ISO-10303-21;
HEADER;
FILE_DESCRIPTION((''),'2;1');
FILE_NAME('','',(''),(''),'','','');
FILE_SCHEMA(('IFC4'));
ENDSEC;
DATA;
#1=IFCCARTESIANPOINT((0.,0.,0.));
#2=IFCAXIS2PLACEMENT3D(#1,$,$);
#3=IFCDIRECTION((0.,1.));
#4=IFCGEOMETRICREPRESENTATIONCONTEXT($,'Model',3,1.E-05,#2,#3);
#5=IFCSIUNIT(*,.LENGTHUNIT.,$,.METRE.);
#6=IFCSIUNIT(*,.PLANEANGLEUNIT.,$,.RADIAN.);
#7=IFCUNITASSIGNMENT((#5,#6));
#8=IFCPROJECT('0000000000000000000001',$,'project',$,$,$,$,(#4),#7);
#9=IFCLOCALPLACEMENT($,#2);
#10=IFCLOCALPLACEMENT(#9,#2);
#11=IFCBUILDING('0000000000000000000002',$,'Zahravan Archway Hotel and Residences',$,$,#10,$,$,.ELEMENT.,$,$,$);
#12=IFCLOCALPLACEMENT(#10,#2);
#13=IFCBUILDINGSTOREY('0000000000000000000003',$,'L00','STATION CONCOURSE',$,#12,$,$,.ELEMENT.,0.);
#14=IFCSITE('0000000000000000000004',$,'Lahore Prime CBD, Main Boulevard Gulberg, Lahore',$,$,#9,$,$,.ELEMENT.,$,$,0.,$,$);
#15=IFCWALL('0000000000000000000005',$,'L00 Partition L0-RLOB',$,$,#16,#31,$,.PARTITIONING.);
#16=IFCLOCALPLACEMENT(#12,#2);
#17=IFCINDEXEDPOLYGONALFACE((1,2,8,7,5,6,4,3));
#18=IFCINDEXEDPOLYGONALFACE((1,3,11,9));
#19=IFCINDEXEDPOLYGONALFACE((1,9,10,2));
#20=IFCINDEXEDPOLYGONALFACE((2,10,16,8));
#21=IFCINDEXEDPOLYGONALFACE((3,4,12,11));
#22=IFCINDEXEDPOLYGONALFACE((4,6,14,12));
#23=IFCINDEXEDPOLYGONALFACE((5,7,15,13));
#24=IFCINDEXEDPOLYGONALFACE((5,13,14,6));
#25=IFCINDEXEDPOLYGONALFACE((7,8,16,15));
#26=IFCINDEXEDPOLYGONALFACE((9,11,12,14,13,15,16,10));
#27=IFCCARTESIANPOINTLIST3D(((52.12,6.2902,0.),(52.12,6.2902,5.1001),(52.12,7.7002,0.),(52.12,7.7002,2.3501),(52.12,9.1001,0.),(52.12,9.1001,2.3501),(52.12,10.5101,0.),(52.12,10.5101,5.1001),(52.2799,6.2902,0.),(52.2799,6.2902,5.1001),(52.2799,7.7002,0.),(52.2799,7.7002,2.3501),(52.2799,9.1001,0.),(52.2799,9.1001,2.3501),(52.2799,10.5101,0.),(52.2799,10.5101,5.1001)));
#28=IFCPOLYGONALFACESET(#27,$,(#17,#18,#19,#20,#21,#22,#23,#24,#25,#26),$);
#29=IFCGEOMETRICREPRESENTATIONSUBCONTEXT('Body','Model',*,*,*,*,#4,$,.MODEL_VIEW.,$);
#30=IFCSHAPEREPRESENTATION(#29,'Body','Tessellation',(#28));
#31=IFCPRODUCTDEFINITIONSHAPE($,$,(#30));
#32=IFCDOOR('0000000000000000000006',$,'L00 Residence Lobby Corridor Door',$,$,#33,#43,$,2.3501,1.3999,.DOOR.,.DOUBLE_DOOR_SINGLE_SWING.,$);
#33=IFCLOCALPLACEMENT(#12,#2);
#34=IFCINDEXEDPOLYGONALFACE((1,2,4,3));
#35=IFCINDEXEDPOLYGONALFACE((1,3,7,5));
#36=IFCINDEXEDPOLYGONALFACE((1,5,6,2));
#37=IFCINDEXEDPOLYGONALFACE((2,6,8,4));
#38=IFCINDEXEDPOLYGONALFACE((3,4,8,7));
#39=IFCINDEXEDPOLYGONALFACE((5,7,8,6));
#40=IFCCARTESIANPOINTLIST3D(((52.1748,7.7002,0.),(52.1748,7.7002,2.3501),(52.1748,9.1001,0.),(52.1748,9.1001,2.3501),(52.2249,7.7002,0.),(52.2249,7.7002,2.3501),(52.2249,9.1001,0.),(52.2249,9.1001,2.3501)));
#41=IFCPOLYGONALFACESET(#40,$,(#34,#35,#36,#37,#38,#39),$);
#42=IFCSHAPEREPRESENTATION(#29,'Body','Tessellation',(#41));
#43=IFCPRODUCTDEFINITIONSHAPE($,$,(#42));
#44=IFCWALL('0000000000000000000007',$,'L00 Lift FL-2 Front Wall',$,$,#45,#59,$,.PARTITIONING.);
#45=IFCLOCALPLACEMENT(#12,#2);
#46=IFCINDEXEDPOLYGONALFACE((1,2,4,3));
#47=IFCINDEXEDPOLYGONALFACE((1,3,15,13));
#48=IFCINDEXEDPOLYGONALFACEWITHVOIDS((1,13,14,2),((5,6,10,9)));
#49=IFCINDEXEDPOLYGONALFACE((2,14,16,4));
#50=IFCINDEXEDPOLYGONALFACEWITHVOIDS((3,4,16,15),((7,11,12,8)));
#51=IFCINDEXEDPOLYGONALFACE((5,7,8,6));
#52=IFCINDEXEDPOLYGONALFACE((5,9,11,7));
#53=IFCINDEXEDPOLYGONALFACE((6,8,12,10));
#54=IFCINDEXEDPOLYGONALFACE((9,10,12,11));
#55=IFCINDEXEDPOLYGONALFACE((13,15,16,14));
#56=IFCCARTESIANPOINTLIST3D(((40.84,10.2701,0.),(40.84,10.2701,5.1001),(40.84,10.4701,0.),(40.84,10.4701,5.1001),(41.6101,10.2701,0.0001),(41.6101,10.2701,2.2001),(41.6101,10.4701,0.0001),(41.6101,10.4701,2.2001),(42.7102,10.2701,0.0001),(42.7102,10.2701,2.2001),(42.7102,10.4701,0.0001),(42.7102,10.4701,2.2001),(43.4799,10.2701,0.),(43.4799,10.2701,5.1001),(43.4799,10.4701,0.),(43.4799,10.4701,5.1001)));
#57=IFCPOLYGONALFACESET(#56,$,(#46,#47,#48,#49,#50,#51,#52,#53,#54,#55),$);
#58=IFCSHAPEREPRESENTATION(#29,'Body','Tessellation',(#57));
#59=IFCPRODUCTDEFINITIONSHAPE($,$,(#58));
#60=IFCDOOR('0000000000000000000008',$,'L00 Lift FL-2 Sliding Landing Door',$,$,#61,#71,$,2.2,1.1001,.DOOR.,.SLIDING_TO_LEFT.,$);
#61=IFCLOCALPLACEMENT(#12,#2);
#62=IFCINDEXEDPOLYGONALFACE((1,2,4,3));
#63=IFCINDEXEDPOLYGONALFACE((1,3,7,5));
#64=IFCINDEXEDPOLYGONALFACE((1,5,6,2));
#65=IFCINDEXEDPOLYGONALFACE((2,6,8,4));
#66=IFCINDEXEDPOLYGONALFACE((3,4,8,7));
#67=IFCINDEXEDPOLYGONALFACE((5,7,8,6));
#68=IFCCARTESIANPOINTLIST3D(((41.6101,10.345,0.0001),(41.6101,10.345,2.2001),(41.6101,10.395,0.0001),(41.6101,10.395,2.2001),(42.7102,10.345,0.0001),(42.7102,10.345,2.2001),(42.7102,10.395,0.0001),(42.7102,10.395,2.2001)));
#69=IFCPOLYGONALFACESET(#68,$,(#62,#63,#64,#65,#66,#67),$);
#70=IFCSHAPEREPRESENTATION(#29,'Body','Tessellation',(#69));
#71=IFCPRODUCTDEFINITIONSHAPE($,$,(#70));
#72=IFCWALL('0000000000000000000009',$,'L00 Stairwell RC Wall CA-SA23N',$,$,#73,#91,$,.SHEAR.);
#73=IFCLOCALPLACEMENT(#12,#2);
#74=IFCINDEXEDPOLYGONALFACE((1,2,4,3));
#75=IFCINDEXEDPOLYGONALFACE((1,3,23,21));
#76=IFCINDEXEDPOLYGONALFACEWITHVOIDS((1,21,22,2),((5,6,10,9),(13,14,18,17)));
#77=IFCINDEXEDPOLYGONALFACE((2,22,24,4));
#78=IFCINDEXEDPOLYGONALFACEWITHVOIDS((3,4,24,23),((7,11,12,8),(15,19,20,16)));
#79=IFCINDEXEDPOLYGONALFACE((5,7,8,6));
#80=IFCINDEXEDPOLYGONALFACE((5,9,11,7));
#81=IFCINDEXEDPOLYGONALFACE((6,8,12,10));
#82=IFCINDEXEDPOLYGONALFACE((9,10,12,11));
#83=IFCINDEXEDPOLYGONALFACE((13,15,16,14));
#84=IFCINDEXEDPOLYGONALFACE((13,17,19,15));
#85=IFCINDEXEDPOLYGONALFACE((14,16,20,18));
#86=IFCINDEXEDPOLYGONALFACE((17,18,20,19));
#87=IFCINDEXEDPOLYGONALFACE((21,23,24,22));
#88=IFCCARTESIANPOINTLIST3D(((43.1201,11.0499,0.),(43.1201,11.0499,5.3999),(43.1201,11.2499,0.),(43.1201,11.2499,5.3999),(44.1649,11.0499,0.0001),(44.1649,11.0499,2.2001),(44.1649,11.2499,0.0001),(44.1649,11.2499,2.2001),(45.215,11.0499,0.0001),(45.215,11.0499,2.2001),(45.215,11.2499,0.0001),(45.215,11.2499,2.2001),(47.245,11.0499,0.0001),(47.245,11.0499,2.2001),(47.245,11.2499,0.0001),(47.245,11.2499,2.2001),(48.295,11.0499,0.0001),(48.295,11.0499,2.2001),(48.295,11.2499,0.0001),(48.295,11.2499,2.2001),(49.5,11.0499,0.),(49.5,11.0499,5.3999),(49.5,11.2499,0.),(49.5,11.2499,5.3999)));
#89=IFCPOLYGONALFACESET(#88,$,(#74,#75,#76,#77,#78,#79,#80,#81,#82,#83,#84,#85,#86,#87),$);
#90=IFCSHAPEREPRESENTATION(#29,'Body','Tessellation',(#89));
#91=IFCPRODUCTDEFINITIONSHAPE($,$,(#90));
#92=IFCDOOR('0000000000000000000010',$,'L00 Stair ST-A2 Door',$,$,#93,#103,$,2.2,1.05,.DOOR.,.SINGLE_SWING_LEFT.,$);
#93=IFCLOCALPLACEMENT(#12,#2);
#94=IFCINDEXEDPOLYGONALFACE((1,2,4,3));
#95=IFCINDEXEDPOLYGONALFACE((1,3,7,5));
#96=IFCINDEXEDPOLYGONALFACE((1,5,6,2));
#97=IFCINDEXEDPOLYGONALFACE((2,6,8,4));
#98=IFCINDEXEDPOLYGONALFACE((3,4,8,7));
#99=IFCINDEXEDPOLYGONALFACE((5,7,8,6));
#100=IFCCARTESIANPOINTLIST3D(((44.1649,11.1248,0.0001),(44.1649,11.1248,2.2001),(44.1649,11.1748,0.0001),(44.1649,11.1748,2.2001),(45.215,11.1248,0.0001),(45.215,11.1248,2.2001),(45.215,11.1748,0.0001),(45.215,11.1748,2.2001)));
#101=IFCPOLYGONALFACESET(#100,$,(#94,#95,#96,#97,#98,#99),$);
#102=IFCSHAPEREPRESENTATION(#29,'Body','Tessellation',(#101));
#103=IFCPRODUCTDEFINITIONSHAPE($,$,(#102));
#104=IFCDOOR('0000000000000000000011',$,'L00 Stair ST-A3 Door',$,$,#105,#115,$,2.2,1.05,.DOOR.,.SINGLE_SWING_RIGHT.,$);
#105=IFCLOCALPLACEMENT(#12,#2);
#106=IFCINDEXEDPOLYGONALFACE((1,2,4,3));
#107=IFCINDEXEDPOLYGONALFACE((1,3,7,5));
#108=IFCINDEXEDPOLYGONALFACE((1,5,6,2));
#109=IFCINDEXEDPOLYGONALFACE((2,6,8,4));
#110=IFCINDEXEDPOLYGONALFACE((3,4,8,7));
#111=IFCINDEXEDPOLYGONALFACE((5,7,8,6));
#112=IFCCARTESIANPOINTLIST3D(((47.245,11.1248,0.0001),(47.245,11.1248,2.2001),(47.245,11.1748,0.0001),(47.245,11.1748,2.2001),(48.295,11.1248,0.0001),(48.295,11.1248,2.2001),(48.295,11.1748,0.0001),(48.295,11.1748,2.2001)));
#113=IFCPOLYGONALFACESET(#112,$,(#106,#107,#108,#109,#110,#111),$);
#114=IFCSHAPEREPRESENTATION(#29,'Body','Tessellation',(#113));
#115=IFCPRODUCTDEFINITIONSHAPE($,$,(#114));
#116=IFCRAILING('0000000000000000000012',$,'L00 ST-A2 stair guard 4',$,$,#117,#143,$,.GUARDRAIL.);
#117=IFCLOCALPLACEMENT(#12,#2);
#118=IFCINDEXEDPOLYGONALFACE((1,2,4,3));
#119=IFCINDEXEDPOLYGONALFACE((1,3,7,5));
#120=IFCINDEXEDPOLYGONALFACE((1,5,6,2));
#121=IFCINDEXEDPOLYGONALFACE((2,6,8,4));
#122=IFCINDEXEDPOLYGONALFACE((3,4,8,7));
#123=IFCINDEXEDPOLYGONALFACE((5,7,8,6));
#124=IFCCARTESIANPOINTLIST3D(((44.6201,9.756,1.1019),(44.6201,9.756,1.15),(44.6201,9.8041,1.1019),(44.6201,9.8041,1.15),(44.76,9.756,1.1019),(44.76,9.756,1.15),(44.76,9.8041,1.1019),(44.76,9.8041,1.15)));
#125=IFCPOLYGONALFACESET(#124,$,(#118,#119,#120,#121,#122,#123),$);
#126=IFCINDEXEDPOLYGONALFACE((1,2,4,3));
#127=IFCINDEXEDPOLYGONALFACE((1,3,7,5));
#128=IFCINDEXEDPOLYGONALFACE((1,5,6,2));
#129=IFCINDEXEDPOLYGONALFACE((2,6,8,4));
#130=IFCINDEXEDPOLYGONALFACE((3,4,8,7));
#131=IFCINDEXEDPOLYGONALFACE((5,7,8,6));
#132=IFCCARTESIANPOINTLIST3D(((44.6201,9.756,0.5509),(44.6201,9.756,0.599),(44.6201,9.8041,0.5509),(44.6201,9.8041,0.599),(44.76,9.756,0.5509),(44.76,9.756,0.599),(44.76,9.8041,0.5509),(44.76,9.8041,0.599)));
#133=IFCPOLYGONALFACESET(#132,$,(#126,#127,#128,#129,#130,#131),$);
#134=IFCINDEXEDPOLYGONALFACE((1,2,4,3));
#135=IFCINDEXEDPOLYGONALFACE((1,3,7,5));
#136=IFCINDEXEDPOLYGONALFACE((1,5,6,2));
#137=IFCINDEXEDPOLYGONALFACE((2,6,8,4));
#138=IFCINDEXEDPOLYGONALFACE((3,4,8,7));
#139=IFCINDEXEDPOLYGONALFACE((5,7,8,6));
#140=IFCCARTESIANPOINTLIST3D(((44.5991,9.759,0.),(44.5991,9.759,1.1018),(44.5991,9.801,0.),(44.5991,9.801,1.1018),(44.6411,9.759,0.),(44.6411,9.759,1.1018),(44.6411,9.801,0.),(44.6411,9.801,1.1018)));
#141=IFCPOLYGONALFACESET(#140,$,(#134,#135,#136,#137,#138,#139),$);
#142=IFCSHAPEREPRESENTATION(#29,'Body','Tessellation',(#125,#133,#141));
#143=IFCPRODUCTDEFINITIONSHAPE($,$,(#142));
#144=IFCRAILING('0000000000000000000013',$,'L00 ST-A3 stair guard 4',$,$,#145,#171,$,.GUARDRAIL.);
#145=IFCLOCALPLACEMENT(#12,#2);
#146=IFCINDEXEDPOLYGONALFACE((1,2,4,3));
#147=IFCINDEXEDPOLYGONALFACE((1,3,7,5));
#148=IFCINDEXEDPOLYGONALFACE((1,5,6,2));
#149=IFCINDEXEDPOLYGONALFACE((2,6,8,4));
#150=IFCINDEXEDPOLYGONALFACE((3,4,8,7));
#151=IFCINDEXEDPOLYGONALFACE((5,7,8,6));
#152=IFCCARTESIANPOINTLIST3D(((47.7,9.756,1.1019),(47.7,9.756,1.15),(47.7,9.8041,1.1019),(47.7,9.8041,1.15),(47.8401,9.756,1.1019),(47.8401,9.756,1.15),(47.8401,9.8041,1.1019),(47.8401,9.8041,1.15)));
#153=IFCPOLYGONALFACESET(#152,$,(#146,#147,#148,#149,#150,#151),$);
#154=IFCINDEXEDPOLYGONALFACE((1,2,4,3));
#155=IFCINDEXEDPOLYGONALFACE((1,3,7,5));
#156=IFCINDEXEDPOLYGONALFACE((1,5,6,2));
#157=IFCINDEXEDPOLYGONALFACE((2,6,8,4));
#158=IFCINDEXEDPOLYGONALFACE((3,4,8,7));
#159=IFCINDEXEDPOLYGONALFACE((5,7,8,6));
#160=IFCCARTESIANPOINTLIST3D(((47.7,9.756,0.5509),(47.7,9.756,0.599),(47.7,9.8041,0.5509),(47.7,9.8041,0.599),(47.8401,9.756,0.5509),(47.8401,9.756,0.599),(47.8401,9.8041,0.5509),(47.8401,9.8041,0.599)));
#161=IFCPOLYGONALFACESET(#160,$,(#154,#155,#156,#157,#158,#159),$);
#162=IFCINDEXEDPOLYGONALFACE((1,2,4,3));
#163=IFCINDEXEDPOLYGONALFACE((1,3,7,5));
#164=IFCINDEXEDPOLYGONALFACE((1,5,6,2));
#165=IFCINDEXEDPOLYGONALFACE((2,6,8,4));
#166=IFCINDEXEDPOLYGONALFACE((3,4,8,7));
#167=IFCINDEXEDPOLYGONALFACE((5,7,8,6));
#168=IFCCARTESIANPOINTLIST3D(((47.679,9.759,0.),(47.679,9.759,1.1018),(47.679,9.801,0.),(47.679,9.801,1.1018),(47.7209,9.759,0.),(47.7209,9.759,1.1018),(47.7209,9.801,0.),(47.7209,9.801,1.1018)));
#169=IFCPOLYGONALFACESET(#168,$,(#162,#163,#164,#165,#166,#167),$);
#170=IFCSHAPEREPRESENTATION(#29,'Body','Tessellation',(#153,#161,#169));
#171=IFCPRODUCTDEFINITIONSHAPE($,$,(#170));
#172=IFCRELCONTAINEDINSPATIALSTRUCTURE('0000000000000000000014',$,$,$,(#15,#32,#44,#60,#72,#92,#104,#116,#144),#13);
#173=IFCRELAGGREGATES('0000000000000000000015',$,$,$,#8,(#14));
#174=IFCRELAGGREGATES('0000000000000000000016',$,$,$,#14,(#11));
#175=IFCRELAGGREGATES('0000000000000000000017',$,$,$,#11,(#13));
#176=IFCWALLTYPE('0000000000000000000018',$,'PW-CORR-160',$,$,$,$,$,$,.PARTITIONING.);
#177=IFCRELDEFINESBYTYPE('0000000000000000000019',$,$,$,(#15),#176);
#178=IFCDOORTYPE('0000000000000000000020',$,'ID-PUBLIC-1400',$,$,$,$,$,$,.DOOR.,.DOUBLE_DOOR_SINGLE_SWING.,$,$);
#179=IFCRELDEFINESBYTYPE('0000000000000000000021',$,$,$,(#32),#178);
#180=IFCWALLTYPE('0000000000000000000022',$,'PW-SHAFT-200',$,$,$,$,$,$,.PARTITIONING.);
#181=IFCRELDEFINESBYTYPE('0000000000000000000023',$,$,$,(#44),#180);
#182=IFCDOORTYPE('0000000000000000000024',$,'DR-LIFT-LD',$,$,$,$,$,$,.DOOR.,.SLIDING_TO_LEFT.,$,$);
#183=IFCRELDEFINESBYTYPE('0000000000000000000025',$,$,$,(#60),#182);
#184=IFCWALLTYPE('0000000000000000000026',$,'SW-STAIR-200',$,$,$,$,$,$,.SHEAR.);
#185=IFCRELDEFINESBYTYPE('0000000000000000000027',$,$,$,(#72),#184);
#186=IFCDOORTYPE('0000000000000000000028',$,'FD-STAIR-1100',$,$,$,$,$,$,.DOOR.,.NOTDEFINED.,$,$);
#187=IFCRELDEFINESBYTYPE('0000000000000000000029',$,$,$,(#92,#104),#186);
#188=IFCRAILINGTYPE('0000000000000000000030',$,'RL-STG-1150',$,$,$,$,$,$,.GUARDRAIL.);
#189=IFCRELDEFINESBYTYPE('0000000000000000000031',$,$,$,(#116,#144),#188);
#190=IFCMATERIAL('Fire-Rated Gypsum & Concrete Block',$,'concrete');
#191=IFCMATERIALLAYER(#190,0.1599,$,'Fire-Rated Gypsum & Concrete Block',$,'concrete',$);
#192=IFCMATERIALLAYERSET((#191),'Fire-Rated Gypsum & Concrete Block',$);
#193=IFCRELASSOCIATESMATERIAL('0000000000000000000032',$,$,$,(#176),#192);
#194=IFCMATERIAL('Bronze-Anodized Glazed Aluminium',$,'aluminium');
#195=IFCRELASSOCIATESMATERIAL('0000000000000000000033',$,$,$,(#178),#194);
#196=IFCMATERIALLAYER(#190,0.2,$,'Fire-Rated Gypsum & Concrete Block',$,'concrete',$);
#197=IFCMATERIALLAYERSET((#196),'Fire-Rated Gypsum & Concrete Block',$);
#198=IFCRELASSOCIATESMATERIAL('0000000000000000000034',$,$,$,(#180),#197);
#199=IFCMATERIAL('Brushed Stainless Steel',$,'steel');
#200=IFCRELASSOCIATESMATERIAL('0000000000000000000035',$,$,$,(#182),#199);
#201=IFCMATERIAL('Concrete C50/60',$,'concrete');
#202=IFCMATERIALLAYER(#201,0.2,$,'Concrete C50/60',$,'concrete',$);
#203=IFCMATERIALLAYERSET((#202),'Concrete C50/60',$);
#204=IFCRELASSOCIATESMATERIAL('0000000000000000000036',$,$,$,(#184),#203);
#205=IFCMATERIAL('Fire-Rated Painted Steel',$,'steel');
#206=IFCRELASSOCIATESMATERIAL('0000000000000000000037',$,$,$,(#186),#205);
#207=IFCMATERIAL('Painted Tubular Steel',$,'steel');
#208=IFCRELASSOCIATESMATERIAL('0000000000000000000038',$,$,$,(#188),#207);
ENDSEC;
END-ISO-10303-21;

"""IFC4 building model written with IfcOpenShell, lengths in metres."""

from ifc_helpers import new_model, si_unit, direction, frame, frame_2d, origin, origin_2d, place, context, subcontext, project, spatial, rectangle, extrude, source, transform, mapped, material, layer, layer_set, type_object, type_shapes, element, fill, save


model = new_model("IFC4")

# Units and contexts
model_context = context("Model", 3, precision=1e-05, world=origin(), true_north=direction((0.0, 1.0)))
body_context = subcontext(model_context, "Body", "Model", "MODEL_VIEW")
ifc_project = project(units=[si_unit("LENGTHUNIT", "METRE"), si_unit("PLANEANGLEUNIT", "RADIAN")], contexts=[model_context])

# Site, building, storey
site_placement = place(None, origin())
site = spatial("IfcSite", under=ifc_project, at=site_placement, Name="Lahore Prime CBD, Main Boulevard Gulberg, Lahore", CompositionType="ELEMENT", RefElevation=0.0)
building_placement = place(site_placement, origin())
building = spatial("IfcBuilding", under=site, at=building_placement, Name="Zahravan Archway Hotel and Residences", CompositionType="ELEMENT")
storey_placement = place(building_placement, origin())
storey = spatial("IfcBuildingStorey", under=building, at=storey_placement, Name="L00", Description="STATION CONCOURSE", CompositionType="ELEMENT", Elevation=0.0)

# Walls, openings, doors
ifc_material_1 = material(Name="Fire-Rated Gypsum & Concrete Block", Category="concrete")
ifc_material_2 = material(Name="Fire-Rated Painted Steel", Category="steel")
ifc_layer_1 = layer(ifc_material_1, 0.1599, Name="Fire-Rated Gypsum & Concrete Block", Category="concrete")
ifc_layer_set_1 = layer_set([ifc_layer_1], Name="Fire-Rated Gypsum & Concrete Block")
wall_type_1 = type_object("IfcWallType", Name="PW-CORR-160", PredefinedType="PARTITIONING", material=ifc_layer_set_1)
wall_1_placement = place(storey_placement, frame((52.2, 10.51, 0.0), z_axis=(0.0, 0.0, 1.0), x_axis=(0.0, -1.0, 0.0)))
wall_1 = element("IfcWall", 1, at=wall_1_placement, inside=storey, type_object=wall_type_1, Name="L00 Partition L0-RLOB", PredefinedType="PARTITIONING", context=body_context, shape_type="SweptSolid", body=[
    extrude(rectangle(XDim=4.22, YDim=0.1599, at=frame_2d((2.1099, 0.0))), origin(), (0.0, 0.0, 1.0), 5.1001),
])
opening_1_placement = place(wall_1_placement, frame((1.4099, 0.0, 0.0)))
opening_1 = element("IfcOpeningElement", 2, at=opening_1_placement, cuts=wall_1, PredefinedType="OPENING", context=body_context, shape_type="SweptSolid", body=[
    extrude(rectangle(XDim=1.3999, YDim=2.3501, at=frame_2d((0.7, 1.175))), frame((0.0, 0.0898, 0.0), z_axis=(0.0, -1.0, 0.0), x_axis=(1.0, 0.0, 0.0)), (0.0, 0.0, 1.0), 0.1799),
])
ifc_material_3 = material(Name="Bronze-Anodized Glazed Aluminium", Category="aluminium")
door_type_1 = type_object("IfcDoorType", Name="ID-PUBLIC-1400", OperationType="DOUBLE_DOOR_SINGLE_SWING", PredefinedType="DOOR", material=ifc_material_3)
shared_shape_1 = source(origin(), body_context, "Body", "SweptSolid", [
    extrude(rectangle(XDim=1.3999, YDim=2.3501, at=frame_2d((0.7, 1.175))), frame((0.0, 0.0249, 0.0), z_axis=(0.0, -1.0, 0.0), x_axis=(1.0, 0.0, 0.0)), (0.0, 0.0, 1.0), 0.05),
])
type_shapes(door_type_1, [shared_shape_1])
door_1_placement = place(opening_1_placement, origin())
door_1 = element("IfcDoor", 3, at=door_1_placement, inside=storey, type_object=door_type_1, Name="L00 Residence Lobby Corridor Door", OperationType="DOUBLE_DOOR_SINGLE_SWING", OverallHeight=2.3501, OverallWidth=1.3999, PredefinedType="DOOR", context=body_context, shape_type="MappedRepresentation", body=[
    mapped(shared_shape_1, transform((0.0, 0.0, 0.0), scale=1.0)),
])
fill(opening_1, door_1)
ifc_layer_2 = layer(ifc_material_1, 0.2, Name="Fire-Rated Gypsum & Concrete Block", Category="concrete")
ifc_layer_set_2 = layer_set([ifc_layer_2], Name="Fire-Rated Gypsum & Concrete Block")
wall_type_2 = type_object("IfcWallType", Name="PW-SHAFT-200", PredefinedType="PARTITIONING", material=ifc_layer_set_2)
wall_2_placement = place(storey_placement, frame((40.8401, 10.3701, 0.0), z_axis=(0.0, 0.0, 1.0), x_axis=(1.0, 0.0, 0.0)))
wall_2 = element("IfcWall", 4, at=wall_2_placement, inside=storey, type_object=wall_type_2, Name="L00 Lift FL-2 Front Wall", PredefinedType="PARTITIONING", context=body_context, shape_type="SweptSolid", body=[
    extrude(rectangle(XDim=2.6399, YDim=0.2, at=frame_2d((1.3198, 0.0))), origin(), (0.0, 0.0, 1.0), 5.1001),
])
opening_2_placement = place(wall_2_placement, frame((0.77, 0.0, 0.0)))
opening_2 = element("IfcOpeningElement", 5, at=opening_2_placement, cuts=wall_2, PredefinedType="OPENING", context=body_context, shape_type="SweptSolid", body=[
    extrude(rectangle(XDim=1.1001, YDim=2.2, at=frame_2d((0.55, 1.1001))), frame((0.0, 0.1099, 0.0), z_axis=(0.0, -1.0, 0.0), x_axis=(1.0, 0.0, 0.0)), (0.0, 0.0, 1.0), 0.22),
])
ifc_material_4 = material(Name="Brushed Stainless Steel", Category="steel")
door_type_2 = type_object("IfcDoorType", Name="DR-LIFT-LD", OperationType="SLIDING_TO_LEFT", PredefinedType="DOOR", material=ifc_material_4)
shared_shape_2 = source(origin(), body_context, "Body", "SweptSolid", [
    extrude(rectangle(XDim=1.1001, YDim=2.2, at=frame_2d((0.55, 1.1001))), frame((0.0, 0.0249, 0.0), z_axis=(0.0, -1.0, 0.0), x_axis=(1.0, 0.0, 0.0)), (0.0, 0.0, 1.0), 0.05),
])
type_shapes(door_type_2, [shared_shape_2])
door_2_placement = place(opening_2_placement, origin())
door_2 = element("IfcDoor", 6, at=door_2_placement, inside=storey, type_object=door_type_2, Name="L00 Lift FL-2 Sliding Landing Door", OperationType="SLIDING_TO_LEFT", OverallHeight=2.2, OverallWidth=1.1001, PredefinedType="DOOR", context=body_context, shape_type="MappedRepresentation", body=[
    mapped(shared_shape_2, transform((0.0, 0.0, 0.0), scale=1.0)),
])
fill(opening_2, door_2)

# Wall, openings, doors
ifc_material_5 = material(Name="Concrete C50/60", Category="concrete")
ifc_layer_3 = layer(ifc_material_5, 0.2, Name="Concrete C50/60", Category="concrete")
ifc_layer_set_3 = layer_set([ifc_layer_3], Name="Concrete C50/60")
wall_type_3 = type_object("IfcWallType", Name="SW-STAIR-200", PredefinedType="SHEAR", material=ifc_layer_set_3)
wall_3_placement = place(storey_placement, frame((43.1201, 11.1499, 0.0), z_axis=(0.0, 0.0, 1.0), x_axis=(1.0, 0.0, 0.0)))
wall_3 = element("IfcWall", 7, at=wall_3_placement, inside=storey, type_object=wall_type_3, Name="L00 Stairwell RC Wall CA-SA23N", PredefinedType="SHEAR", context=body_context, shape_type="SweptSolid", body=[
    extrude(rectangle(XDim=6.3799, YDim=0.2, at=frame_2d((3.1899, 0.0))), origin(), (0.0, 0.0, 1.0), 5.3999),
])
opening_3_placement = place(wall_3_placement, frame((1.0449, 0.0, 0.0)))
opening_3 = element("IfcOpeningElement", 8, at=opening_3_placement, cuts=wall_3, PredefinedType="OPENING", context=body_context, shape_type="SweptSolid", body=[
    extrude(rectangle(XDim=1.05, YDim=2.2, at=frame_2d((0.5249, 1.1001))), frame((0.0, 0.1099, 0.0), z_axis=(0.0, -1.0, 0.0), x_axis=(1.0, 0.0, 0.0)), (0.0, 0.0, 1.0), 0.22),
])
opening_4_placement = place(wall_3_placement, frame((4.125, 0.0, 0.0)))
opening_4 = element("IfcOpeningElement", 9, at=opening_4_placement, cuts=wall_3, PredefinedType="OPENING", context=body_context, shape_type="SweptSolid", body=[
    extrude(rectangle(XDim=1.05, YDim=2.2, at=frame_2d((0.5249, 1.1001))), frame((0.0, 0.1099, 0.0), z_axis=(0.0, -1.0, 0.0), x_axis=(1.0, 0.0, 0.0)), (0.0, 0.0, 1.0), 0.22),
])
door_type_3 = type_object("IfcDoorType", Name="FD-STAIR-1100", OperationType="NOTDEFINED", PredefinedType="DOOR", material=ifc_material_2)
shared_shape_3 = source(origin(), body_context, "Body", "SweptSolid", [
    extrude(rectangle(XDim=1.05, YDim=2.2, at=frame_2d((0.5249, 1.1001))), frame((0.0, 0.0249, 0.0), z_axis=(0.0, -1.0, 0.0), x_axis=(1.0, 0.0, 0.0)), (0.0, 0.0, 1.0), 0.05),
])
type_shapes(door_type_3, [shared_shape_3])
door_3_placement = place(opening_3_placement, origin())
door_3 = element("IfcDoor", 10, at=door_3_placement, inside=storey, type_object=door_type_3, Name="L00 Stair ST-A2 Door", OperationType="SINGLE_SWING_LEFT", OverallHeight=2.2, OverallWidth=1.05, PredefinedType="DOOR", context=body_context, shape_type="MappedRepresentation", body=[
    mapped(shared_shape_3, transform((0.0, 0.0, 0.0), scale=1.0)),
])
fill(opening_3, door_3)
door_4_placement = place(opening_4_placement, origin())
door_4 = element("IfcDoor", 11, at=door_4_placement, inside=storey, type_object=door_type_3, Name="L00 Stair ST-A3 Door", OperationType="SINGLE_SWING_RIGHT", OverallHeight=2.2, OverallWidth=1.05, PredefinedType="DOOR", context=body_context, shape_type="MappedRepresentation", body=[
    mapped(shared_shape_3, transform((0.0, 0.0, 0.0), scale=1.0)),
])
fill(opening_4, door_4)

# Railings
ifc_material_6 = material(Name="Painted Tubular Steel", Category="steel")
railing_type = type_object("IfcRailingType", Name="RL-STG-1150", PredefinedType="GUARDRAIL", material=ifc_material_6)
railing_1_placement = place(storey_placement, frame((44.6201, 9.78, 0.0)))
element("IfcRailing", 12, at=railing_1_placement, inside=storey, type_object=railing_type, Name="L00 ST-A2 stair guard 4", PredefinedType="GUARDRAIL", context=body_context, shape_type="SweptSolid", body=[
    extrude(rectangle(XDim=0.0481, YDim=0.0481, at=origin_2d()), frame((0.0, 0.0, 1.126), z_axis=(1.0, 0.0, 0.0), x_axis=(0.0, 1.0, 0.0)), (0.0, 0.0, 1.0), 0.1399),
    extrude(rectangle(XDim=0.0481, YDim=0.0481, at=origin_2d()), frame((0.0, 0.0, 0.575), z_axis=(1.0, 0.0, 0.0), x_axis=(0.0, 1.0, 0.0)), (0.0, 0.0, 1.0), 0.1399),
    extrude(rectangle(XDim=0.042, YDim=0.042, at=origin_2d()), origin(), (0.0, 0.0, 1.0), 1.1018),
])
railing_2_placement = place(storey_placement, frame((47.7, 9.78, 0.0)))
element("IfcRailing", 13, at=railing_2_placement, inside=storey, type_object=railing_type, Name="L00 ST-A3 stair guard 4", PredefinedType="GUARDRAIL", context=body_context, shape_type="SweptSolid", body=[
    extrude(rectangle(XDim=0.0481, YDim=0.0481, at=origin_2d()), frame((0.0, 0.0, 1.126), z_axis=(1.0, 0.0, 0.0), x_axis=(0.0, 1.0, 0.0)), (0.0, 0.0, 1.0), 0.1401),
    extrude(rectangle(XDim=0.0481, YDim=0.0481, at=origin_2d()), frame((0.0, 0.0, 0.575), z_axis=(1.0, 0.0, 0.0), x_axis=(0.0, 1.0, 0.0)), (0.0, 0.0, 1.0), 0.1401),
    extrude(rectangle(XDim=0.042, YDim=0.042, at=origin_2d()), origin(), (0.0, 0.0, 1.0), 1.1018),
])

save(model, "model.ifc")
